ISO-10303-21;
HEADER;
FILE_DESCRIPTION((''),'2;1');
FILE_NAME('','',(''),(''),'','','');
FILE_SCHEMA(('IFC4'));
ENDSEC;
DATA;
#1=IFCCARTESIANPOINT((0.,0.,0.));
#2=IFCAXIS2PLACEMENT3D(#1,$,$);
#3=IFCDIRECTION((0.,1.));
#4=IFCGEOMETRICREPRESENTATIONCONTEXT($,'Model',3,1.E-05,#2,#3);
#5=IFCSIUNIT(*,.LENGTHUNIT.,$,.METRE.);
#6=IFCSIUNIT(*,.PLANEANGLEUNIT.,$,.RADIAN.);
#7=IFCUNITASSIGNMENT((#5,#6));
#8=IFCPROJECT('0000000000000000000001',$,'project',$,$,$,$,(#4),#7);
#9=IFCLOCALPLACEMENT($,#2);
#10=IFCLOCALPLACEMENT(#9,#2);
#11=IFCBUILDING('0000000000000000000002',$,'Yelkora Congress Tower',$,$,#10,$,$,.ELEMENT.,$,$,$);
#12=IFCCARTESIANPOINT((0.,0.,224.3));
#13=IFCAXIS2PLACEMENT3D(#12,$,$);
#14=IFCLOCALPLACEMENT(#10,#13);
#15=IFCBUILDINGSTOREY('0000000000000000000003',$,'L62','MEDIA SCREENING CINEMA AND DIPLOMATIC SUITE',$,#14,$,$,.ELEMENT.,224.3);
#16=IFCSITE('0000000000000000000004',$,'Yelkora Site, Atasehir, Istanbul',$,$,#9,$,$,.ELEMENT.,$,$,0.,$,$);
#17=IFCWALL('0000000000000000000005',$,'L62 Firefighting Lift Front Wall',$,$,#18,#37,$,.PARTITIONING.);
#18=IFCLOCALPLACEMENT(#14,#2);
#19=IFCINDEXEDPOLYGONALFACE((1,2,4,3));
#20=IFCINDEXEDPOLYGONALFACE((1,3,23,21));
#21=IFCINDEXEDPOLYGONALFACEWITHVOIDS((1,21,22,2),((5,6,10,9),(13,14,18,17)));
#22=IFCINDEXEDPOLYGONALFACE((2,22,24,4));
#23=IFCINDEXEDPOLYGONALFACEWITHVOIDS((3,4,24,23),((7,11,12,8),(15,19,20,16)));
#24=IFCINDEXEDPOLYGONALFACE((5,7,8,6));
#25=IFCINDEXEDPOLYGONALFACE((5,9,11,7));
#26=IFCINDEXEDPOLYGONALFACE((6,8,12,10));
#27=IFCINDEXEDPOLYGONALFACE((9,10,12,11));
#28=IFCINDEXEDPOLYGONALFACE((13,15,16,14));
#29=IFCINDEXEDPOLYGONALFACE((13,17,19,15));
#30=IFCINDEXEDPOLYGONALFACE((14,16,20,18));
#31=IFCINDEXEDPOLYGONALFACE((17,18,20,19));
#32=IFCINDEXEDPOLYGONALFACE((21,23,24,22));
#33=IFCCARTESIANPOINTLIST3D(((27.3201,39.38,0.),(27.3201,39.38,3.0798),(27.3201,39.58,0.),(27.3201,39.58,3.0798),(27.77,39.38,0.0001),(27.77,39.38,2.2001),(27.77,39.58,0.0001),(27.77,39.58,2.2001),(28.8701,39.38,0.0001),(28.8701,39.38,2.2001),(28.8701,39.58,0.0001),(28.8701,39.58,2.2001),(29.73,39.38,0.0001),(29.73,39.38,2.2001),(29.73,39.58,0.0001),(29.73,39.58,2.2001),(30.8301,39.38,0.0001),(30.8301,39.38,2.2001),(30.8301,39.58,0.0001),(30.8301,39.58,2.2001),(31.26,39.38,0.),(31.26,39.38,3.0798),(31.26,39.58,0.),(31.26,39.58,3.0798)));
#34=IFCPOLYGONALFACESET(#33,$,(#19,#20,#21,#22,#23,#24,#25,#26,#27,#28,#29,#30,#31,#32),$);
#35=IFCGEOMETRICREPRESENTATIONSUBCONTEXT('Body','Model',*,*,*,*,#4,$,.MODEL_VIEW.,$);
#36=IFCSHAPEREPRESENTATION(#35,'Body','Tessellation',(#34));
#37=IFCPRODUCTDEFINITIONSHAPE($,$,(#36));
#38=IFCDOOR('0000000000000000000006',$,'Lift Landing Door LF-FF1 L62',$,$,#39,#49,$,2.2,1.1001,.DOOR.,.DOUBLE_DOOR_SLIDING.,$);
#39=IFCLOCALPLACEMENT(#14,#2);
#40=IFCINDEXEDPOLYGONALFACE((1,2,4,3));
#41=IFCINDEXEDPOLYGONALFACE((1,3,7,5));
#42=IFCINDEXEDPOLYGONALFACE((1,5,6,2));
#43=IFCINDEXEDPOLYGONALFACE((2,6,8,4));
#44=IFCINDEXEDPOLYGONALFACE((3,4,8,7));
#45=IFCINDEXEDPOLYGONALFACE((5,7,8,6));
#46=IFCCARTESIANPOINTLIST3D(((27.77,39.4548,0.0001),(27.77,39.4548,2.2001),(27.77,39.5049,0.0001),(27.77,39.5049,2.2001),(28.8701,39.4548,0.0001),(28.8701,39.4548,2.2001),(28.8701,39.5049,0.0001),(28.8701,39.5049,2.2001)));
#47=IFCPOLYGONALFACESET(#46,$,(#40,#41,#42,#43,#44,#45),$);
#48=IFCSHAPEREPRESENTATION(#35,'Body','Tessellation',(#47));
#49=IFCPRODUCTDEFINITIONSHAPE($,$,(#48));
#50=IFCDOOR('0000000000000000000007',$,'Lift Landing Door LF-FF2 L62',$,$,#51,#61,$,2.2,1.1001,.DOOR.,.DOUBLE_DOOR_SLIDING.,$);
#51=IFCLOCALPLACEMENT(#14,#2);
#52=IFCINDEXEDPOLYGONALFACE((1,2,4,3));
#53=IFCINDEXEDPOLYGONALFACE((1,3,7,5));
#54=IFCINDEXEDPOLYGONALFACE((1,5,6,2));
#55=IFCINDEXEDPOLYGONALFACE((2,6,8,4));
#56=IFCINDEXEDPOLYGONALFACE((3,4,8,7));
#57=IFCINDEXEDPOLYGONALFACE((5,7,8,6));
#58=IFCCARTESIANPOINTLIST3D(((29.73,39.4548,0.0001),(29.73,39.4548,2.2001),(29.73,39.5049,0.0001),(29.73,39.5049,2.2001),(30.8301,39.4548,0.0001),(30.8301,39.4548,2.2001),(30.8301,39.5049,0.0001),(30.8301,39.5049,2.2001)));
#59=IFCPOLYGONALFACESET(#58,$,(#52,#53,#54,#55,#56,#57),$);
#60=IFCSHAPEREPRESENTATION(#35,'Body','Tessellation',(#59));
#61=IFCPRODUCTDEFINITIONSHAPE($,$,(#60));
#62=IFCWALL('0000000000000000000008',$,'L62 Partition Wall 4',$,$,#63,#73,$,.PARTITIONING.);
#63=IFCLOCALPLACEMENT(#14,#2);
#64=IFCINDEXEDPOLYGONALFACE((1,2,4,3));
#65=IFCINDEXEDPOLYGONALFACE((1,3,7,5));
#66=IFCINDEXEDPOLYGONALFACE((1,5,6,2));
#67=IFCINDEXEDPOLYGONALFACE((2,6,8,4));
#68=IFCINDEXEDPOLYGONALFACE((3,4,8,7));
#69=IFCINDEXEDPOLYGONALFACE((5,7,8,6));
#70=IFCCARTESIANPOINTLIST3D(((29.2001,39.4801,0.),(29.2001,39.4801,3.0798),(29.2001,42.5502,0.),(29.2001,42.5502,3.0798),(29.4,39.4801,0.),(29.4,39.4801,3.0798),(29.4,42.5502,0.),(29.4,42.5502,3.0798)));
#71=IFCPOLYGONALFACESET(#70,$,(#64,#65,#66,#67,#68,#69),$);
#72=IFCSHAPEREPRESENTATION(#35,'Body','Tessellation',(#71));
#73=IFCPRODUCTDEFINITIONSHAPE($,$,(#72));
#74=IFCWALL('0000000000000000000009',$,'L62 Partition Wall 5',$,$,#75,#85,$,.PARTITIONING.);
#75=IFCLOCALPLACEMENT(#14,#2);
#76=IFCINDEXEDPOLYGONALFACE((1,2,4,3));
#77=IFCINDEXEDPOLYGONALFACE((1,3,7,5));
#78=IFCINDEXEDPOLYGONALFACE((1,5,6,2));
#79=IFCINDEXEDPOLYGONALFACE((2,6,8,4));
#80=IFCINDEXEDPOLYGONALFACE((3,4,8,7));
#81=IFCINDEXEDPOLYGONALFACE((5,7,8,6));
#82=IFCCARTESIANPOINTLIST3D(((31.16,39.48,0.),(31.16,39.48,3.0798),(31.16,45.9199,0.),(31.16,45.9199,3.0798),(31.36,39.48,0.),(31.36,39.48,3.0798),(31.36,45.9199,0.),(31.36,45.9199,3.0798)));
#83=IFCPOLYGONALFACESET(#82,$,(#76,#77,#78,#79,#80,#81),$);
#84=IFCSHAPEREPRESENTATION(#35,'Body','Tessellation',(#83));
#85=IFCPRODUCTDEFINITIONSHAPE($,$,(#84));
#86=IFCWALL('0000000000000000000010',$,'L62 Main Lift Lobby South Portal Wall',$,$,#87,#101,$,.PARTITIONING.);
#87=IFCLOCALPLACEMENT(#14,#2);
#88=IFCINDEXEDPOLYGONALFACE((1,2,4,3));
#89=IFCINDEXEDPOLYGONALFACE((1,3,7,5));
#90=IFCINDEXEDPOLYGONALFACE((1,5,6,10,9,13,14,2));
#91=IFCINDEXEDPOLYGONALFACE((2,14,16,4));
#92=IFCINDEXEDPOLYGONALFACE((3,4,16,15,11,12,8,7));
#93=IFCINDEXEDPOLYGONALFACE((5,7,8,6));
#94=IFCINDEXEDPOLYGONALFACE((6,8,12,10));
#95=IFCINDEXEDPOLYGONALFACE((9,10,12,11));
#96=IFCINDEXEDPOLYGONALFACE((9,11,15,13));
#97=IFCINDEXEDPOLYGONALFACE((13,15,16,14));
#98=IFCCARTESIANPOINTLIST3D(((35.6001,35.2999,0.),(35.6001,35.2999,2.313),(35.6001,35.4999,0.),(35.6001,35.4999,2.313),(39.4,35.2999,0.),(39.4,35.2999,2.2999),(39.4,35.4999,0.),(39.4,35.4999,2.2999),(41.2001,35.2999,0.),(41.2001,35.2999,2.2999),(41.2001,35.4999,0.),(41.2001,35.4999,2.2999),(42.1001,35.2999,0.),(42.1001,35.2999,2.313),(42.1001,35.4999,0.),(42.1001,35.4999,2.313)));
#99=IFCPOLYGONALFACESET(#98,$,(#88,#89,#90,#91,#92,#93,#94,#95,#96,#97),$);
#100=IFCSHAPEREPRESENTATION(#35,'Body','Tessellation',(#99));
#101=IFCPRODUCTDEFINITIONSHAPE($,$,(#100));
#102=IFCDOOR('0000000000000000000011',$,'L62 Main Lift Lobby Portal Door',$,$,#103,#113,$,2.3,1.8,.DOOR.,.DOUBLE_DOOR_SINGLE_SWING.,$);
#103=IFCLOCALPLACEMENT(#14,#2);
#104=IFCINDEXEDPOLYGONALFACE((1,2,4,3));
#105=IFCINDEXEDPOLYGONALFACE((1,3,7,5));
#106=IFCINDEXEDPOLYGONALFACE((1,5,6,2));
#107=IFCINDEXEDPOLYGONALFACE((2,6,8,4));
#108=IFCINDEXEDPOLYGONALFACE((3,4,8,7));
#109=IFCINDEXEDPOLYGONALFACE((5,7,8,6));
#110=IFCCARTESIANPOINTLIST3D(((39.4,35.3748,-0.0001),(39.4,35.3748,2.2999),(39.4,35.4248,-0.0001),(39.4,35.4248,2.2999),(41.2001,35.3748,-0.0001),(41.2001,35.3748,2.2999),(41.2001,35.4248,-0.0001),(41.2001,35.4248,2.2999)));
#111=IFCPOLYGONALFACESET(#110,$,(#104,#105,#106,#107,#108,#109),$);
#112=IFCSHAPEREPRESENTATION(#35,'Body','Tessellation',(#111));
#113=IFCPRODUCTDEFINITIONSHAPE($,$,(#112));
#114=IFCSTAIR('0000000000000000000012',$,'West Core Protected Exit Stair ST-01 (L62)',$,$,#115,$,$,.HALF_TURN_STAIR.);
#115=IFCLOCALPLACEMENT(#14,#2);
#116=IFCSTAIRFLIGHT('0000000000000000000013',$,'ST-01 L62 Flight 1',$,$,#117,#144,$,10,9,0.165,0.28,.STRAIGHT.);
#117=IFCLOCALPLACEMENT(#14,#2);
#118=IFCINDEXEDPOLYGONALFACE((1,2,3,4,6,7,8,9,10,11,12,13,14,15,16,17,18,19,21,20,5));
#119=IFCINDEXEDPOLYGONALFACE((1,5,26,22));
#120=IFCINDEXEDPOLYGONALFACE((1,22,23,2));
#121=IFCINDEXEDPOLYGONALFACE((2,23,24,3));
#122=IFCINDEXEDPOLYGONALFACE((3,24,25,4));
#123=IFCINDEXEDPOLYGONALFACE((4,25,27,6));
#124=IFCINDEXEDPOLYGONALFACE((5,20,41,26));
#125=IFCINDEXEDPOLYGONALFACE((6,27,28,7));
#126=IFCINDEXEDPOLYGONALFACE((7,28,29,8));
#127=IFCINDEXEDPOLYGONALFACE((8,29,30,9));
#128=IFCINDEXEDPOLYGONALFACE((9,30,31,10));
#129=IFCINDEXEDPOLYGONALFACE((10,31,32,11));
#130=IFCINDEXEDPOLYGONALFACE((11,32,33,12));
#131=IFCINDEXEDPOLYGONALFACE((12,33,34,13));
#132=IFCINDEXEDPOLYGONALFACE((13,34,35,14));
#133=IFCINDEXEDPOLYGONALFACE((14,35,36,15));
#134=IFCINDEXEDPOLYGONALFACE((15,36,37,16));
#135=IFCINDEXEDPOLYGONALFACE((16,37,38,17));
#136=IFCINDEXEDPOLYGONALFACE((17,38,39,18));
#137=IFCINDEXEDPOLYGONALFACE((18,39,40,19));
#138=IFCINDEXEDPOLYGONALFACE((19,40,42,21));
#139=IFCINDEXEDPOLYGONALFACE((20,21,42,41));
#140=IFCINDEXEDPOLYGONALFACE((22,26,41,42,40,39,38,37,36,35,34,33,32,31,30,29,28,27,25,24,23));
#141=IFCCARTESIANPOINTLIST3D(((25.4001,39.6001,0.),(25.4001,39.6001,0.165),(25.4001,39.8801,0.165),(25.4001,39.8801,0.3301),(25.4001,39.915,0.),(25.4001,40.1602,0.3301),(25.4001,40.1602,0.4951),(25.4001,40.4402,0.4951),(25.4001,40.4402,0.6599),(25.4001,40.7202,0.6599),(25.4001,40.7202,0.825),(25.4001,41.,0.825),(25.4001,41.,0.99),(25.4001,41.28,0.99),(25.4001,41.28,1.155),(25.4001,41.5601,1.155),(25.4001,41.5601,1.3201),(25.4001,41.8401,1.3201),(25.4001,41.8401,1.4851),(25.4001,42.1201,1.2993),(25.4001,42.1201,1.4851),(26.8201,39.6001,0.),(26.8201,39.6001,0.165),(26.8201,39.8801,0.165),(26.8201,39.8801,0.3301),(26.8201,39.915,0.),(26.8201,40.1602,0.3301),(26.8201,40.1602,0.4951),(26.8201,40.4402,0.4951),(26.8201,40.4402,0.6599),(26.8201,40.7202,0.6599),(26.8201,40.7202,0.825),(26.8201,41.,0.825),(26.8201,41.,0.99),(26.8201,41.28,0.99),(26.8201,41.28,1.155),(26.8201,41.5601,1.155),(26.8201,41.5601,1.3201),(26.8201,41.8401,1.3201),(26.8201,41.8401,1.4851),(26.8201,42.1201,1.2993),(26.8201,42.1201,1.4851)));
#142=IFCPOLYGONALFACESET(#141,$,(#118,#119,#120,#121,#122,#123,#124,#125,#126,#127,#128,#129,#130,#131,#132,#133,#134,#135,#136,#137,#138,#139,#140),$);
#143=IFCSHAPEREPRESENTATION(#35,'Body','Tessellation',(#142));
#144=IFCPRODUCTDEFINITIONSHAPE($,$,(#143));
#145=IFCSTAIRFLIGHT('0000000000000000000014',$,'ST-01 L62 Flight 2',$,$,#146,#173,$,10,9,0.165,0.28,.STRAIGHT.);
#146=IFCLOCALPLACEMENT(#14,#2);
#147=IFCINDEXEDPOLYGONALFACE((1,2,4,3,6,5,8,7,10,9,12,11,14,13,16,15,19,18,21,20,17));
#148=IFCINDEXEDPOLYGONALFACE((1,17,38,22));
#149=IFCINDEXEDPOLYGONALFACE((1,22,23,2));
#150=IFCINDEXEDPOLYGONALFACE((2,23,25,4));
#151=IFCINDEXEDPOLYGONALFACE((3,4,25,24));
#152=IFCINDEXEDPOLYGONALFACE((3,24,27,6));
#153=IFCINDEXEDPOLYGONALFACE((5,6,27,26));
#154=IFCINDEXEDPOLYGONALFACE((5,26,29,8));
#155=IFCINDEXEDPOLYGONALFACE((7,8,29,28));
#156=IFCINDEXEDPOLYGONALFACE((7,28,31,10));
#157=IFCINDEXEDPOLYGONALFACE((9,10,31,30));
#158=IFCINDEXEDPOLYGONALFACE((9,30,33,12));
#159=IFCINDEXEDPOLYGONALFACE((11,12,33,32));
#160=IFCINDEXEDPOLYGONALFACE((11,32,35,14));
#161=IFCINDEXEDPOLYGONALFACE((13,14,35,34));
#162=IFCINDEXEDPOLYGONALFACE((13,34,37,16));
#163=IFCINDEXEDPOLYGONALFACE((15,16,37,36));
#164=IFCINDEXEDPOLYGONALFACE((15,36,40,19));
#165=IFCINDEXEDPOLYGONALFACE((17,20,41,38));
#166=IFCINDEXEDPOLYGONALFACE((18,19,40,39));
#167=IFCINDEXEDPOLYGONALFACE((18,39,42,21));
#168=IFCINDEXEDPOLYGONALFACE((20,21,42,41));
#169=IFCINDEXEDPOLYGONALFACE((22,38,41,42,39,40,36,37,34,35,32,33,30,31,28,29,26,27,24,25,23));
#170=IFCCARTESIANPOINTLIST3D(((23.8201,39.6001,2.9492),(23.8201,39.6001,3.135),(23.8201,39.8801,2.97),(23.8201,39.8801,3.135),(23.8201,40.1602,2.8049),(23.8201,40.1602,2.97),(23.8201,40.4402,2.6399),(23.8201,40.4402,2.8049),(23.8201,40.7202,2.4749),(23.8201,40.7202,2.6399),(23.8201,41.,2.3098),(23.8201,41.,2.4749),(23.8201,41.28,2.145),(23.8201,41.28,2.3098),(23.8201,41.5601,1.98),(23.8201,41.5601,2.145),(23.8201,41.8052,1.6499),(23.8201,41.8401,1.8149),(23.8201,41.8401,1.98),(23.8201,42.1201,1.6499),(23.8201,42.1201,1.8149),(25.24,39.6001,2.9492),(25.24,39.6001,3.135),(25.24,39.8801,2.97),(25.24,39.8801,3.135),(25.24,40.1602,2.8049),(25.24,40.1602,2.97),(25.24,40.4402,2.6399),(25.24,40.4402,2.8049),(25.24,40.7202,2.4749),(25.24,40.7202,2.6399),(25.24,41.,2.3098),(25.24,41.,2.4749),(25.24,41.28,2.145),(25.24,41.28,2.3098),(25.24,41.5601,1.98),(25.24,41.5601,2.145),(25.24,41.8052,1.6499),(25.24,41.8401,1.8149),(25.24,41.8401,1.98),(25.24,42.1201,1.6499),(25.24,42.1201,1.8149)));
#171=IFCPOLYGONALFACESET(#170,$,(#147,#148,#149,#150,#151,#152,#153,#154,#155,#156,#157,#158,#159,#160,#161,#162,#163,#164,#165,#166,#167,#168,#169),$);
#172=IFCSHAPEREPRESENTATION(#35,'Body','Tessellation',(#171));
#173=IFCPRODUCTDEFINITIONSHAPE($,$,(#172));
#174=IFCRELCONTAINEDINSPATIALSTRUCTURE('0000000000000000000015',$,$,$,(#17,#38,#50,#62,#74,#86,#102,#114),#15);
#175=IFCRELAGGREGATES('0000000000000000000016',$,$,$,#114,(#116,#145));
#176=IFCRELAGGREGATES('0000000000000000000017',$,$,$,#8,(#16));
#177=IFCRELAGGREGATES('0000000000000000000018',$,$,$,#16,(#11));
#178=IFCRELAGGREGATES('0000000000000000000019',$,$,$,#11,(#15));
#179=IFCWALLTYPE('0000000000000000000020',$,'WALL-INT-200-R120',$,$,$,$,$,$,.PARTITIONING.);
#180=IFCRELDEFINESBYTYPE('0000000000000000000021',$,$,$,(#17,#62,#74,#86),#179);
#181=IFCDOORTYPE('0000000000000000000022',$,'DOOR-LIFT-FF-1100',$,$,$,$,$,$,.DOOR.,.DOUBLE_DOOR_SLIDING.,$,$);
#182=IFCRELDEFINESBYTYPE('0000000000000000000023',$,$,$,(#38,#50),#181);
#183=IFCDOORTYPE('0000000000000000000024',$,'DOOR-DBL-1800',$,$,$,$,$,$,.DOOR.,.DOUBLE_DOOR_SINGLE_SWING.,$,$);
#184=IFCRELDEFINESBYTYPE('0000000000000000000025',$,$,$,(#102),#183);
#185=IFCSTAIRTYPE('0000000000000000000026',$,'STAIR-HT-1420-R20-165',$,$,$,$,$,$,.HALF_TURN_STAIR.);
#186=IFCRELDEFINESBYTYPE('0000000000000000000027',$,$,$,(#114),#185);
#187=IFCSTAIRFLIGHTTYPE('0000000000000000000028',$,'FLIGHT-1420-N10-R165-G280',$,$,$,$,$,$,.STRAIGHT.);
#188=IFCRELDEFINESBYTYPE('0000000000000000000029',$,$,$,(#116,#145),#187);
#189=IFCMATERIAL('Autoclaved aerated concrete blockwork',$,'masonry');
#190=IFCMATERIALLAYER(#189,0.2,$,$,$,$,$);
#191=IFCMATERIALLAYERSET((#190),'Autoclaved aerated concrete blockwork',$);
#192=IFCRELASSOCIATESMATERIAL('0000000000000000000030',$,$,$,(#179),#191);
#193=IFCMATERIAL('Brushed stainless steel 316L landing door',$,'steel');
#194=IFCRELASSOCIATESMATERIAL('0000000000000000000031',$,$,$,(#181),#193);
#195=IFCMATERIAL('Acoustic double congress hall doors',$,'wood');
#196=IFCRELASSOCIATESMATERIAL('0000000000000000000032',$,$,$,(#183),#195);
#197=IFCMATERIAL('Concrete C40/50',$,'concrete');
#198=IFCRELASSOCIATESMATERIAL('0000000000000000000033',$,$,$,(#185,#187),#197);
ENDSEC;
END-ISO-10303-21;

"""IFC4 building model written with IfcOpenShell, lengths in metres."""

from ifc_helpers import new_model, si_unit, direction, frame, frame_2d, origin, place, context, subcontext, project, spatial, polyline, rectangle, outline, extrude, material, layer, layer_set, type_object, element, fill, aggregate, save


model = new_model("IFC4")

# Units and contexts
model_context = context("Model", 3, precision=1e-05, world=origin(), true_north=direction((0.0, 1.0)))
body_context = subcontext(model_context, "Body", "Model", "MODEL_VIEW")
ifc_project = project(units=[si_unit("LENGTHUNIT", "METRE"), si_unit("PLANEANGLEUNIT", "RADIAN")], contexts=[model_context])

# Site, building, storey
site_placement = place(None, origin())
site = spatial("IfcSite", under=ifc_project, at=site_placement, Name="Yelkora Site, Atasehir, Istanbul", CompositionType="ELEMENT", RefElevation=0.0)
building_placement = place(site_placement, origin())
building = spatial("IfcBuilding", under=site, at=building_placement, Name="Yelkora Congress Tower", CompositionType="ELEMENT")
storey_placement = place(building_placement, frame((0.0, 0.0, 224.3)))
storey = spatial("IfcBuildingStorey", under=building, at=storey_placement, Name="L62", Description="MEDIA SCREENING CINEMA AND DIPLOMATIC SUITE", CompositionType="ELEMENT", Elevation=224.3)

# Shared definitions
ifc_material_1 = material(Name="Autoclaved aerated concrete blockwork", Category="masonry")
ifc_layer_1 = layer(ifc_material_1, 0.2)
ifc_layer_set_1 = layer_set([ifc_layer_1], Name="Autoclaved aerated concrete blockwork")
wall_type_1 = type_object("IfcWallType", Name="WALL-INT-200-R120", PredefinedType="PARTITIONING", material=ifc_layer_set_1)

# Wall, openings, doors
wall_1_placement = place(storey_placement, frame((27.3201, 39.48, 0.0), z_axis=(0.0, 0.0, 1.0), x_axis=(1.0, 0.0, 0.0)))
wall_1 = element("IfcWall", 1, at=wall_1_placement, inside=storey, type_object=wall_type_1, Name="L62 Firefighting Lift Front Wall", PredefinedType="PARTITIONING", context=body_context, shape_type="SweptSolid", body=[
    extrude(rectangle(XDim=3.9399, YDim=0.2, at=frame_2d((1.97, 0.0))), origin(), (0.0, 0.0, 1.0), 3.0798),
])
opening_1_placement = place(wall_1_placement, frame((0.45, 0.0, 0.0)))
opening_1 = element("IfcOpeningElement", 2, at=opening_1_placement, cuts=wall_1, PredefinedType="OPENING", context=body_context, shape_type="SweptSolid", body=[
    extrude(rectangle(XDim=1.1001, YDim=2.2, at=frame_2d((0.55, 1.1001))), frame((0.0, 0.1099, 0.0), z_axis=(0.0, -1.0, 0.0), x_axis=(1.0, 0.0, 0.0)), (0.0, 0.0, 1.0), 0.22),
])
opening_2_placement = place(wall_1_placement, frame((2.4099, 0.0, 0.0)))
opening_2 = element("IfcOpeningElement", 3, at=opening_2_placement, cuts=wall_1, PredefinedType="OPENING", context=body_context, shape_type="SweptSolid", body=[
    extrude(rectangle(XDim=1.1001, YDim=2.2, at=frame_2d((0.55, 1.1001))), frame((0.0, 0.1099, 0.0), z_axis=(0.0, -1.0, 0.0), x_axis=(1.0, 0.0, 0.0)), (0.0, 0.0, 1.0), 0.22),
])
ifc_material_2 = material(Name="Brushed stainless steel 316L landing door", Category="steel")
door_type_1 = type_object("IfcDoorType", Name="DOOR-LIFT-FF-1100", OperationType="DOUBLE_DOOR_SLIDING", PredefinedType="DOOR", material=ifc_material_2)
door_1_placement = place(opening_1_placement, origin())
door_1 = element("IfcDoor", 4, at=door_1_placement, inside=storey, type_object=door_type_1, Name="Lift Landing Door LF-FF1 L62", OperationType="DOUBLE_DOOR_SLIDING", OverallHeight=2.2, OverallWidth=1.1001, PredefinedType="DOOR", context=body_context, shape_type="SweptSolid", body=[
    extrude(rectangle(XDim=1.1001, YDim=2.2, at=frame_2d((0.55, 1.1001))), frame((0.0, 0.0249, 0.0), z_axis=(0.0, -1.0, 0.0), x_axis=(1.0, 0.0, 0.0)), (0.0, 0.0, 1.0), 0.05),
])
fill(opening_1, door_1)
door_2_placement = place(opening_2_placement, origin())
door_2 = element("IfcDoor", 5, at=door_2_placement, inside=storey, type_object=door_type_1, Name="Lift Landing Door LF-FF2 L62", OperationType="DOUBLE_DOOR_SLIDING", OverallHeight=2.2, OverallWidth=1.1001, PredefinedType="DOOR", context=body_context, shape_type="SweptSolid", body=[
    extrude(rectangle(XDim=1.1001, YDim=2.2, at=frame_2d((0.55, 1.1001))), frame((0.0, 0.0249, 0.0), z_axis=(0.0, -1.0, 0.0), x_axis=(1.0, 0.0, 0.0)), (0.0, 0.0, 1.0), 0.05),
])
fill(opening_2, door_2)

# Walls
wall_2_placement = place(storey_placement, frame((29.3, 39.48, 0.0), z_axis=(0.0, 0.0, 1.0), x_axis=(0.0, 1.0, 0.0)))
element("IfcWall", 6, at=wall_2_placement, inside=storey, type_object=wall_type_1, Name="L62 Partition Wall 4", PredefinedType="PARTITIONING", context=body_context, shape_type="SweptSolid", body=[
    extrude(rectangle(XDim=3.0701, YDim=0.2, at=frame_2d((1.5352, 0.0))), origin(), (0.0, 0.0, 1.0), 3.0798),
])
wall_3_placement = place(storey_placement, frame((31.26, 39.48, 0.0), z_axis=(0.0, 0.0, 1.0), x_axis=(0.0, 1.0, 0.0)))
element("IfcWall", 7, at=wall_3_placement, inside=storey, type_object=wall_type_1, Name="L62 Partition Wall 5", PredefinedType="PARTITIONING", context=body_context, shape_type="SweptSolid", body=[
    extrude(rectangle(XDim=6.4399, YDim=0.2, at=frame_2d((3.22, 0.0))), origin(), (0.0, 0.0, 1.0), 3.0798),
])

# Wall, opening, door
wall_4_placement = place(storey_placement, frame((35.6001, 35.3999, 0.0), z_axis=(0.0, 0.0, 1.0), x_axis=(1.0, 0.0, 0.0)))
wall_4 = element("IfcWall", 8, at=wall_4_placement, inside=storey, type_object=wall_type_1, Name="L62 Main Lift Lobby South Portal Wall", PredefinedType="PARTITIONING", context=body_context, shape_type="SweptSolid", body=[
    extrude(rectangle(XDim=6.5, YDim=0.2, at=frame_2d((3.25, 0.0))), origin(), (0.0, 0.0, 1.0), 2.313),
])
opening_3_placement = place(wall_4_placement, frame((3.8, 0.0, 0.0)))
opening_3 = element("IfcOpeningElement", 9, at=opening_3_placement, cuts=wall_4, PredefinedType="OPENING", context=body_context, shape_type="SweptSolid", body=[
    extrude(rectangle(XDim=1.8, YDim=2.3, at=frame_2d((0.8999, 1.1499))), frame((0.0, 0.1099, 0.0), z_axis=(0.0, -1.0, 0.0), x_axis=(1.0, 0.0, 0.0)), (0.0, 0.0, 1.0), 0.22),
])
ifc_material_3 = material(Name="Acoustic double congress hall doors", Category="wood")
door_type_2 = type_object("IfcDoorType", Name="DOOR-DBL-1800", OperationType="DOUBLE_DOOR_SINGLE_SWING", PredefinedType="DOOR", material=ifc_material_3)
door_3_placement = place(opening_3_placement, origin())
door_3 = element("IfcDoor", 10, at=door_3_placement, inside=storey, type_object=door_type_2, Name="L62 Main Lift Lobby Portal Door", OperationType="DOUBLE_DOOR_SINGLE_SWING", OverallHeight=2.3, OverallWidth=1.8, PredefinedType="DOOR", context=body_context, shape_type="SweptSolid", body=[
    extrude(rectangle(XDim=1.8, YDim=2.3, at=frame_2d((0.8999, 1.1499))), frame((0.0, 0.0249, 0.0), z_axis=(0.0, -1.0, 0.0), x_axis=(1.0, 0.0, 0.0)), (0.0, 0.0, 1.0), 0.05),
])
fill(opening_3, door_3)

# Stair, stair flights
ifc_material_4 = material(Name="Concrete C40/50", Category="concrete")
stair_type = type_object("IfcStairType", Name="STAIR-HT-1420-R20-165", PredefinedType="HALF_TURN_STAIR", material=ifc_material_4)
stair_placement = place(storey_placement, origin())
stair = element("IfcStair", 11, at=stair_placement, inside=storey, type_object=stair_type, Name="West Core Protected Exit Stair ST-01 (L62)", PredefinedType="HALF_TURN_STAIR")
stair_flight_type = type_object("IfcStairFlightType", Name="FLIGHT-1420-N10-R165-G280", PredefinedType="STRAIGHT", material=ifc_material_4)
stair_flight_1_placement = place(storey_placement, frame((26.1101, 39.6001, 0.0), z_axis=(0.0, 0.0, 1.0), x_axis=(0.0, 1.0, 0.0)))
stair_flight_1 = element("IfcStairFlight", 12, at=stair_flight_1_placement, type_object=stair_flight_type, Name="ST-01 L62 Flight 1", NumberOfRisers=10, NumberOfTreads=9, PredefinedType="STRAIGHT", RiserHeight=0.165, TreadLength=0.28, context=body_context, shape_type="SweptSolid", body=[
    extrude(outline(polyline([(0.0, 0.0), (0.0, 0.165), (0.28, 0.165), (0.28, 0.3301), (0.5601, 0.3301), (0.5601, 0.4951), (0.8401, 0.4951), (0.8401, 0.6599), (1.1201, 0.6599), (1.1201, 0.825), (1.3999, 0.825), (1.3999, 0.99), (1.6799, 0.99), (1.6799, 1.155), (1.96, 1.155), (1.96, 1.3201), (2.24, 1.3201), (2.24, 1.4851), (2.52, 1.4851), (2.52, 1.6499), (2.52, 1.2993), (0.3149, 0.0), (0.0, 0.0)])), frame((0.0, 0.71, 0.0), z_axis=(0.0, -1.0, 0.0), x_axis=(1.0, 0.0, 0.0)), (0.0, 0.0, 1.0), 1.4199),
])
stair_flight_2_placement = place(storey_placement, frame((24.53, 42.1201, 1.6499), z_axis=(0.0, 0.0, 1.0), x_axis=(0.0, -1.0, 0.0)))
stair_flight_2 = element("IfcStairFlight", 13, at=stair_flight_2_placement, type_object=stair_flight_type, Name="ST-01 L62 Flight 2", NumberOfRisers=10, NumberOfTreads=9, PredefinedType="STRAIGHT", RiserHeight=0.165, TreadLength=0.28, context=body_context, shape_type="SweptSolid", body=[
    extrude(outline(polyline([(0.0, 0.0), (0.0, 0.165), (0.28, 0.165), (0.28, 0.3301), (0.5601, 0.3301), (0.5601, 0.4951), (0.8401, 0.4951), (0.8401, 0.6599), (1.1201, 0.6599), (1.1201, 0.825), (1.3999, 0.825), (1.3999, 0.99), (1.6799, 0.99), (1.6799, 1.155), (1.96, 1.155), (1.96, 1.3201), (2.24, 1.3201), (2.24, 1.4851), (2.52, 1.4851), (2.52, 1.6499), (2.52, 1.2993), (0.3149, 0.0), (0.0, 0.0)])), frame((0.0, 0.71, 0.0), z_axis=(0.0, -1.0, 0.0), x_axis=(1.0, 0.0, 0.0)), (0.0, 0.0, 1.0), 1.4199),
])
aggregate(stair, [stair_flight_1, stair_flight_2])

save(model, "model.ifc")
